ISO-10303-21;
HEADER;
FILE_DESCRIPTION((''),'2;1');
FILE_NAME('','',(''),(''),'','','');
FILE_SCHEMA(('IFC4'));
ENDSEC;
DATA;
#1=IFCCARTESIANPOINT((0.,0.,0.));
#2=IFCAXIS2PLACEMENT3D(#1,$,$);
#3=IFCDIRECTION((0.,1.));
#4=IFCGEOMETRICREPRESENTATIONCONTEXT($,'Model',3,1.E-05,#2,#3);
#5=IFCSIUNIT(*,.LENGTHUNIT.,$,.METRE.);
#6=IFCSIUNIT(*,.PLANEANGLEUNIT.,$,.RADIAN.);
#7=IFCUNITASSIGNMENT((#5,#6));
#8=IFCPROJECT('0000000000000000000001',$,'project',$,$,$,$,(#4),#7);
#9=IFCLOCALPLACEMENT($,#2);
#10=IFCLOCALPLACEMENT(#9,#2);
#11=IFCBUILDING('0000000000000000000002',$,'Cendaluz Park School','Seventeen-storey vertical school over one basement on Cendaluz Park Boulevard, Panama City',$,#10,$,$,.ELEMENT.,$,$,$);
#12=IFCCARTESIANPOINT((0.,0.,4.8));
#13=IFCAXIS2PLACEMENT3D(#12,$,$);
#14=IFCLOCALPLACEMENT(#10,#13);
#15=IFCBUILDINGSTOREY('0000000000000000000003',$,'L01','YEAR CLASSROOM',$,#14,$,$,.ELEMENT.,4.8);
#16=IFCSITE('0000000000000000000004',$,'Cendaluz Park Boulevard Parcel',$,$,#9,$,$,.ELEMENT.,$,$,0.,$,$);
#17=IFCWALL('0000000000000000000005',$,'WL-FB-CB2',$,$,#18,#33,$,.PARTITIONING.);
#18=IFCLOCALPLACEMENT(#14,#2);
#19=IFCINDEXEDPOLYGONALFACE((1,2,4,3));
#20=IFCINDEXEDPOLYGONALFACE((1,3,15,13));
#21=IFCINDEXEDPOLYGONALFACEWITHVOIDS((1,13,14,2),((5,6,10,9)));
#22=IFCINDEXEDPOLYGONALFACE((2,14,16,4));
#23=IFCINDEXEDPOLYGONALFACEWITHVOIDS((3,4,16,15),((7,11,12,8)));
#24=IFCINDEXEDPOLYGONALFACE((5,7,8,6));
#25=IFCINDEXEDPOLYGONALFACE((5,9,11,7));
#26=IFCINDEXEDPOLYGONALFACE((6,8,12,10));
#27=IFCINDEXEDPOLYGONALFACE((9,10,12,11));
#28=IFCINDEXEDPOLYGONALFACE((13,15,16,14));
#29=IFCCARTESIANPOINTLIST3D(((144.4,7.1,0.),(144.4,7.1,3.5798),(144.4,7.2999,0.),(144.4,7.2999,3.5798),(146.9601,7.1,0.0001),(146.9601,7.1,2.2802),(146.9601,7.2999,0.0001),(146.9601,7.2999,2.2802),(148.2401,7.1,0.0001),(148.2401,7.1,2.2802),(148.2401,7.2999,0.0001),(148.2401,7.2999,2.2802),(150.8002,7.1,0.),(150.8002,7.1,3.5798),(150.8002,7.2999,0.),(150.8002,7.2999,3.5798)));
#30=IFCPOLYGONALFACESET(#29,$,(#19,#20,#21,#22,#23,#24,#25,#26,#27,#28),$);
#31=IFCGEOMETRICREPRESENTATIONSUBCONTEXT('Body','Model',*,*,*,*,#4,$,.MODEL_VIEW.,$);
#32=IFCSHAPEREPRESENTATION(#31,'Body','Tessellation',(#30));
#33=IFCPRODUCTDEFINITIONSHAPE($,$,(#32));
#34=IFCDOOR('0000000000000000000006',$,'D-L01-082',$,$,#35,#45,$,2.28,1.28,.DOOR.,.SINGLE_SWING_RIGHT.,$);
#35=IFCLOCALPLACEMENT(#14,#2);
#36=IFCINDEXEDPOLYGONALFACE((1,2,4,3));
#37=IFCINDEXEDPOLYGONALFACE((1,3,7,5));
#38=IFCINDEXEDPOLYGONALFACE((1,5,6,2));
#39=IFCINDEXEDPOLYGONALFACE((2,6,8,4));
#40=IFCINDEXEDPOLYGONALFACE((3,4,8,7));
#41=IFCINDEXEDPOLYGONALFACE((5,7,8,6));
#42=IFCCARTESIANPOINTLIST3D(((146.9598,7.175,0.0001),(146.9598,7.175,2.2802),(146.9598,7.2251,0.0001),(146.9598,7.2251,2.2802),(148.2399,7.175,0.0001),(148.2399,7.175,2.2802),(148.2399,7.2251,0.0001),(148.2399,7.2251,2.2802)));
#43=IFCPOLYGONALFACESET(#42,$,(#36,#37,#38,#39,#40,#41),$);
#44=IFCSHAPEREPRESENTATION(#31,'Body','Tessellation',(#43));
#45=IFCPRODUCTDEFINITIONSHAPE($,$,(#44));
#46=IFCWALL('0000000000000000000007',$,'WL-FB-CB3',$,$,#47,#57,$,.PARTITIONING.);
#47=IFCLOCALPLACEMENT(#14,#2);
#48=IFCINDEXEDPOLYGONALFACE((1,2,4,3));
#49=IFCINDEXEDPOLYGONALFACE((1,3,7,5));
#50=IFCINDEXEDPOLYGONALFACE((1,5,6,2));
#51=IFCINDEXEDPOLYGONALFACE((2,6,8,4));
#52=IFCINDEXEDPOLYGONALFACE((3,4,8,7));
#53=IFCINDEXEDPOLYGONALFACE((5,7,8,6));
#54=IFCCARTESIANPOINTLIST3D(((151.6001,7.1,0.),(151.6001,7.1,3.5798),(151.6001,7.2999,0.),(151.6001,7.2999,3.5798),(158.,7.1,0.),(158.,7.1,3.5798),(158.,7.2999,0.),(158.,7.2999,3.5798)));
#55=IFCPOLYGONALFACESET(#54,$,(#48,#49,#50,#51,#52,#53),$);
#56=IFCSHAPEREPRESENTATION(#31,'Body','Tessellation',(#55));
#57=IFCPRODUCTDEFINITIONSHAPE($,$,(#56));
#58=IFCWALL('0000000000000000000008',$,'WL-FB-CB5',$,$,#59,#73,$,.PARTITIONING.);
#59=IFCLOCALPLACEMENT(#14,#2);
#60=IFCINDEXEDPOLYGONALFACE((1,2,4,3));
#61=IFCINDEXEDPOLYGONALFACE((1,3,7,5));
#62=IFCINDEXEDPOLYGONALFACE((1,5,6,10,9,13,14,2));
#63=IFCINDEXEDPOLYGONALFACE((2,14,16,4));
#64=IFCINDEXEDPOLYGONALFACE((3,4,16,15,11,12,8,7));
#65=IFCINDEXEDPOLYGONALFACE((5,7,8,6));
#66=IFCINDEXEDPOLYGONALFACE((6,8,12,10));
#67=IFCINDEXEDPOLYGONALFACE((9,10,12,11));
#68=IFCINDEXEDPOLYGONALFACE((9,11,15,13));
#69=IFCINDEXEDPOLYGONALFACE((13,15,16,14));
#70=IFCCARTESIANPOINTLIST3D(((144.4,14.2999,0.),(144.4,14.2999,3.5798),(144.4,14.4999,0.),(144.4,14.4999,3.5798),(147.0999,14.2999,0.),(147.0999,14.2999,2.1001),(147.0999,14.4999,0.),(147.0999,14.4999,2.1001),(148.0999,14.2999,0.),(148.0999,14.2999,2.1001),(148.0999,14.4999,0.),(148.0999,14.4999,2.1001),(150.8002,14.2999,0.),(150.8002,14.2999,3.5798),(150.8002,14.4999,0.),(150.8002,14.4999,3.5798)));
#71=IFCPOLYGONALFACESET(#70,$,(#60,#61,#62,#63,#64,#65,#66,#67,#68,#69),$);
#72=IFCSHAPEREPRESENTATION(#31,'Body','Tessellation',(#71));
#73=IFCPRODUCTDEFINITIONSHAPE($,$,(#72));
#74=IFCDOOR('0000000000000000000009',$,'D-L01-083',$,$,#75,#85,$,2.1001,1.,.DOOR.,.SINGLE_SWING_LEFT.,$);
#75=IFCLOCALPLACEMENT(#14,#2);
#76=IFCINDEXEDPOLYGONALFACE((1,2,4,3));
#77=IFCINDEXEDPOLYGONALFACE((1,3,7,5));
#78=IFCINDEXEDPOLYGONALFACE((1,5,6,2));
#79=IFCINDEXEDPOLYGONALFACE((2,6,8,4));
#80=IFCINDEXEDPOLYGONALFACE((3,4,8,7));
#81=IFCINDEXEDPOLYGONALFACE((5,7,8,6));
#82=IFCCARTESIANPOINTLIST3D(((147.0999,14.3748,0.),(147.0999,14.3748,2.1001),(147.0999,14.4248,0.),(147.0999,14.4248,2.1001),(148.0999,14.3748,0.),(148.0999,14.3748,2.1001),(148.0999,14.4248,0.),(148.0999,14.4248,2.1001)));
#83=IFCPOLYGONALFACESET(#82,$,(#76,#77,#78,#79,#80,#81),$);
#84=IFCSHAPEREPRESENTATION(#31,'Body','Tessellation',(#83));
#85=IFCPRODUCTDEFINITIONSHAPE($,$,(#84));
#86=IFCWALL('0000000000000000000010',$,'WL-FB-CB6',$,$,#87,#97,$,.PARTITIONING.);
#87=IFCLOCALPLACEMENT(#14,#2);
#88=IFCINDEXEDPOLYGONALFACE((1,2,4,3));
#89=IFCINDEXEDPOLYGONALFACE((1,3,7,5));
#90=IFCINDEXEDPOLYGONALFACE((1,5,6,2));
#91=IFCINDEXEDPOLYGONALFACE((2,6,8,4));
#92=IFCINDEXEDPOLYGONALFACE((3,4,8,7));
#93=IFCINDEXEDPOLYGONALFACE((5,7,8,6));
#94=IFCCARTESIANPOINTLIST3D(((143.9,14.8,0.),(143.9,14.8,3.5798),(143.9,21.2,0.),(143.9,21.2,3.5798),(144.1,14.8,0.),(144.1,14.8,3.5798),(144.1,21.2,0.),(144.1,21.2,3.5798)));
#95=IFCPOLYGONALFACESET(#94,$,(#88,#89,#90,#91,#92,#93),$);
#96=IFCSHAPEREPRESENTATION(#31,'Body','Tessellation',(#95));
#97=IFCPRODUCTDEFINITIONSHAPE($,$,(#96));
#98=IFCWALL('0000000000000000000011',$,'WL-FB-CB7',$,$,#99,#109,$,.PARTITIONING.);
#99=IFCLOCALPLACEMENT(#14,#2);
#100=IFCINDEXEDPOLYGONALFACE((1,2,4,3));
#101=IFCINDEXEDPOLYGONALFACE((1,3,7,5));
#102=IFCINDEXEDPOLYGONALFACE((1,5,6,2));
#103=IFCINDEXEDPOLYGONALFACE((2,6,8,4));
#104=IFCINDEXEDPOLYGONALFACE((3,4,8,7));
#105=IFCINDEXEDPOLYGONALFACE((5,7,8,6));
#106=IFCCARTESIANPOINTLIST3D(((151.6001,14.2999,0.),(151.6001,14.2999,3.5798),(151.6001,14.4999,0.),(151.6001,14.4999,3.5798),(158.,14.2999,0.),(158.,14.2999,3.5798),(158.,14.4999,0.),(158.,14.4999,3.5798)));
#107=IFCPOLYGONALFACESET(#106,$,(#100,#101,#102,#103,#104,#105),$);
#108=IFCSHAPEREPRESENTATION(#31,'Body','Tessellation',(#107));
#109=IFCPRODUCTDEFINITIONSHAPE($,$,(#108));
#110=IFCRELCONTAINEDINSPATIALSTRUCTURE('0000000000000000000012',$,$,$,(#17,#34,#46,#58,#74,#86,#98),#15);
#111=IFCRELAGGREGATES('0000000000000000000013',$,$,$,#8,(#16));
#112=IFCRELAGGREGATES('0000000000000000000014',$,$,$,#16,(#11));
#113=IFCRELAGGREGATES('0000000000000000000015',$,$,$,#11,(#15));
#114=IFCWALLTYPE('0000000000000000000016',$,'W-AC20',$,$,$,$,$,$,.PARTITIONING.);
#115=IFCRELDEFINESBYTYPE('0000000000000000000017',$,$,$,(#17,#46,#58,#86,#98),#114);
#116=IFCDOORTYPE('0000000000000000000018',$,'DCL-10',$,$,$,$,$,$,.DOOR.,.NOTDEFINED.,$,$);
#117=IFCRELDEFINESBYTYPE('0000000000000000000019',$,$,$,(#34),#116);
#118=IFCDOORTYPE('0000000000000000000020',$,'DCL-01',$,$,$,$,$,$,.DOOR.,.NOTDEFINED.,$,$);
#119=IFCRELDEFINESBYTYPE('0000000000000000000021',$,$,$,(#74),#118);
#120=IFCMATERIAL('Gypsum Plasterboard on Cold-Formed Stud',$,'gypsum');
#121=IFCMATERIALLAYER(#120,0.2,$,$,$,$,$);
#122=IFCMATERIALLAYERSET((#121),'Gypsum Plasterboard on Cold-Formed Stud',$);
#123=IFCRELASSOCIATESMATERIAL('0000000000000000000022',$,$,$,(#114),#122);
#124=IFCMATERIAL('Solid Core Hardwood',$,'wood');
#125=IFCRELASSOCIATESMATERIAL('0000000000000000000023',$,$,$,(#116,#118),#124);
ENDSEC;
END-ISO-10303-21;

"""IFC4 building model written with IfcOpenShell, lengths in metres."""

from ifc_helpers import new_model, si_unit, direction, frame, frame_2d, origin, place, context, subcontext, project, spatial, rectangle, extrude, material, layer, layer_set, type_object, element, fill, save


model = new_model("IFC4")

# Units and contexts
model_context = context("Model", 3, precision=1e-05, world=origin(), true_north=direction((0.0, 1.0)))
body_context = subcontext(model_context, "Body", "Model", "MODEL_VIEW")
ifc_project = project(units=[si_unit("LENGTHUNIT", "METRE"), si_unit("PLANEANGLEUNIT", "RADIAN")], contexts=[model_context])

# Site, building, storey
site_placement = place(None, origin())
site = spatial("IfcSite", under=ifc_project, at=site_placement, Name="Cendaluz Park Boulevard Parcel", CompositionType="ELEMENT", RefElevation=0.0)
building_placement = place(site_placement, origin())
building = spatial("IfcBuilding", under=site, at=building_placement, Name="Cendaluz Park School", Description="Seventeen-storey vertical school over one basement on Cendaluz Park Boulevard, Panama City", CompositionType="ELEMENT")
storey_placement = place(building_placement, frame((0.0, 0.0, 4.8)))
storey = spatial("IfcBuildingStorey", under=building, at=storey_placement, Name="L01", Description="YEAR CLASSROOM", CompositionType="ELEMENT", Elevation=4.8)

# Wall, opening, door
ifc_material_1 = material(Name="Gypsum Plasterboard on Cold-Formed Stud", Category="gypsum")
ifc_layer_1 = layer(ifc_material_1, 0.2)
ifc_layer_set_1 = layer_set([ifc_layer_1], Name="Gypsum Plasterboard on Cold-Formed Stud")
wall_type = type_object("IfcWallType", Name="W-AC20", PredefinedType="PARTITIONING", material=ifc_layer_set_1)
wall_1_placement = place(storey_placement, frame((144.3999, 7.2, 0.0), z_axis=(0.0, 0.0, 1.0), x_axis=(1.0, 0.0, 0.0)))
wall_1 = element("IfcWall", 1, at=wall_1_placement, inside=storey, type_object=wall_type, Name="WL-FB-CB2", PredefinedType="PARTITIONING", context=body_context, shape_type="SweptSolid", body=[
    extrude(rectangle(XDim=6.4001, YDim=0.2, at=frame_2d((3.2002, 0.0))), origin(), (0.0, 0.0, 1.0), 3.5798),
])
opening_1_placement = place(wall_1_placement, frame((2.5601, 0.0, 0.0)))
opening_1 = element("IfcOpeningElement", 2, at=opening_1_placement, cuts=wall_1, PredefinedType="OPENING", context=body_context, shape_type="SweptSolid", body=[
    extrude(rectangle(XDim=1.28, YDim=2.28, at=frame_2d((0.6401, 1.1401))), frame((0.0, 0.1121, 0.0), z_axis=(0.0, -1.0, 0.0), x_axis=(1.0, 0.0, 0.0)), (0.0, 0.0, 1.0), 0.2239),
])
ifc_material_2 = material(Name="Solid Core Hardwood", Category="wood")
door_type_1 = type_object("IfcDoorType", Name="DCL-10", OperationType="NOTDEFINED", PredefinedType="DOOR", material=ifc_material_2)
door_1_placement = place(opening_1_placement, frame((1.28, 0.0, 0.0), z_axis=(0.0, 0.0, 1.0), x_axis=(-1.0, 0.0, 0.0)))
door_1 = element("IfcDoor", 3, at=door_1_placement, inside=storey, type_object=door_type_1, Name="D-L01-082", OperationType="SINGLE_SWING_RIGHT", OverallHeight=2.28, OverallWidth=1.28, PredefinedType="DOOR", context=body_context, shape_type="SweptSolid", body=[
    extrude(rectangle(XDim=1.28, YDim=2.28, at=frame_2d((0.6401, 1.1401))), frame((0.0, 0.0249, 0.0), z_axis=(0.0, -1.0, 0.0), x_axis=(1.0, 0.0, 0.0)), (0.0, 0.0, 1.0), 0.05),
])
fill(opening_1, door_1)

# Wall
wall_2_placement = place(storey_placement, frame((151.6001, 7.2, 0.0), z_axis=(0.0, 0.0, 1.0), x_axis=(1.0, 0.0, 0.0)))
element("IfcWall", 4, at=wall_2_placement, inside=storey, type_object=wall_type, Name="WL-FB-CB3", PredefinedType="PARTITIONING", context=body_context, shape_type="SweptSolid", body=[
    extrude(rectangle(XDim=6.3999, YDim=0.2, at=frame_2d((3.2, 0.0))), origin(), (0.0, 0.0, 1.0), 3.5798),
])

# Wall, opening, door
wall_3_placement = place(storey_placement, frame((144.3999, 14.3999, 0.0), z_axis=(0.0, 0.0, 1.0), x_axis=(1.0, 0.0, 0.0)))
wall_3 = element("IfcWall", 5, at=wall_3_placement, inside=storey, type_object=wall_type, Name="WL-FB-CB5", PredefinedType="PARTITIONING", context=body_context, shape_type="SweptSolid", body=[
    extrude(rectangle(XDim=6.4001, YDim=0.2, at=frame_2d((3.2002, 0.0))), origin(), (0.0, 0.0, 1.0), 3.5798),
])
opening_2_placement = place(wall_3_placement, frame((2.7, 0.0, 0.0)))
opening_2 = element("IfcOpeningElement", 6, at=opening_2_placement, cuts=wall_3, PredefinedType="OPENING", context=body_context, shape_type="SweptSolid", body=[
    extrude(rectangle(XDim=1.0, YDim=2.1001, at=frame_2d((0.5, 1.05))), frame((0.0, 0.1121, 0.0), z_axis=(0.0, -1.0, 0.0), x_axis=(1.0, 0.0, 0.0)), (0.0, 0.0, 1.0), 0.2239),
])
door_type_2 = type_object("IfcDoorType", Name="DCL-01", OperationType="NOTDEFINED", PredefinedType="DOOR", material=ifc_material_2)
door_2_placement = place(opening_2_placement, origin())
door_2 = element("IfcDoor", 7, at=door_2_placement, inside=storey, type_object=door_type_2, Name="D-L01-083", OperationType="SINGLE_SWING_LEFT", OverallHeight=2.1001, OverallWidth=1.0, PredefinedType="DOOR", context=body_context, shape_type="SweptSolid", body=[
    extrude(rectangle(XDim=1.0, YDim=2.1001, at=frame_2d((0.5, 1.05))), frame((0.0, 0.0249, 0.0), z_axis=(0.0, -1.0, 0.0), x_axis=(1.0, 0.0, 0.0)), (0.0, 0.0, 1.0), 0.05),
])
fill(opening_2, door_2)

# Walls
for number, where, z_axis, x_axis, name in (
    (8, (144.0, 14.8, 0.0), (0.0, 0.0, 1.0), (0.0, 1.0, 0.0), "WL-FB-CB6"),
    (9, (151.6001, 14.3999, 0.0), (0.0, 0.0, 1.0), (1.0, 0.0, 0.0), "WL-FB-CB7"),
):
    element("IfcWall", number, at=place(storey_placement, frame(where, z_axis=z_axis, x_axis=x_axis)), inside=storey, type_object=wall_type, Name=name, PredefinedType="PARTITIONING", context=body_context, shape_type="SweptSolid", body=[
        extrude(rectangle(XDim=6.3999, YDim=0.2, at=frame_2d((3.2, 0.0))), origin(), (0.0, 0.0, 1.0), 3.5798),
    ])

save(model, "model.ifc")
